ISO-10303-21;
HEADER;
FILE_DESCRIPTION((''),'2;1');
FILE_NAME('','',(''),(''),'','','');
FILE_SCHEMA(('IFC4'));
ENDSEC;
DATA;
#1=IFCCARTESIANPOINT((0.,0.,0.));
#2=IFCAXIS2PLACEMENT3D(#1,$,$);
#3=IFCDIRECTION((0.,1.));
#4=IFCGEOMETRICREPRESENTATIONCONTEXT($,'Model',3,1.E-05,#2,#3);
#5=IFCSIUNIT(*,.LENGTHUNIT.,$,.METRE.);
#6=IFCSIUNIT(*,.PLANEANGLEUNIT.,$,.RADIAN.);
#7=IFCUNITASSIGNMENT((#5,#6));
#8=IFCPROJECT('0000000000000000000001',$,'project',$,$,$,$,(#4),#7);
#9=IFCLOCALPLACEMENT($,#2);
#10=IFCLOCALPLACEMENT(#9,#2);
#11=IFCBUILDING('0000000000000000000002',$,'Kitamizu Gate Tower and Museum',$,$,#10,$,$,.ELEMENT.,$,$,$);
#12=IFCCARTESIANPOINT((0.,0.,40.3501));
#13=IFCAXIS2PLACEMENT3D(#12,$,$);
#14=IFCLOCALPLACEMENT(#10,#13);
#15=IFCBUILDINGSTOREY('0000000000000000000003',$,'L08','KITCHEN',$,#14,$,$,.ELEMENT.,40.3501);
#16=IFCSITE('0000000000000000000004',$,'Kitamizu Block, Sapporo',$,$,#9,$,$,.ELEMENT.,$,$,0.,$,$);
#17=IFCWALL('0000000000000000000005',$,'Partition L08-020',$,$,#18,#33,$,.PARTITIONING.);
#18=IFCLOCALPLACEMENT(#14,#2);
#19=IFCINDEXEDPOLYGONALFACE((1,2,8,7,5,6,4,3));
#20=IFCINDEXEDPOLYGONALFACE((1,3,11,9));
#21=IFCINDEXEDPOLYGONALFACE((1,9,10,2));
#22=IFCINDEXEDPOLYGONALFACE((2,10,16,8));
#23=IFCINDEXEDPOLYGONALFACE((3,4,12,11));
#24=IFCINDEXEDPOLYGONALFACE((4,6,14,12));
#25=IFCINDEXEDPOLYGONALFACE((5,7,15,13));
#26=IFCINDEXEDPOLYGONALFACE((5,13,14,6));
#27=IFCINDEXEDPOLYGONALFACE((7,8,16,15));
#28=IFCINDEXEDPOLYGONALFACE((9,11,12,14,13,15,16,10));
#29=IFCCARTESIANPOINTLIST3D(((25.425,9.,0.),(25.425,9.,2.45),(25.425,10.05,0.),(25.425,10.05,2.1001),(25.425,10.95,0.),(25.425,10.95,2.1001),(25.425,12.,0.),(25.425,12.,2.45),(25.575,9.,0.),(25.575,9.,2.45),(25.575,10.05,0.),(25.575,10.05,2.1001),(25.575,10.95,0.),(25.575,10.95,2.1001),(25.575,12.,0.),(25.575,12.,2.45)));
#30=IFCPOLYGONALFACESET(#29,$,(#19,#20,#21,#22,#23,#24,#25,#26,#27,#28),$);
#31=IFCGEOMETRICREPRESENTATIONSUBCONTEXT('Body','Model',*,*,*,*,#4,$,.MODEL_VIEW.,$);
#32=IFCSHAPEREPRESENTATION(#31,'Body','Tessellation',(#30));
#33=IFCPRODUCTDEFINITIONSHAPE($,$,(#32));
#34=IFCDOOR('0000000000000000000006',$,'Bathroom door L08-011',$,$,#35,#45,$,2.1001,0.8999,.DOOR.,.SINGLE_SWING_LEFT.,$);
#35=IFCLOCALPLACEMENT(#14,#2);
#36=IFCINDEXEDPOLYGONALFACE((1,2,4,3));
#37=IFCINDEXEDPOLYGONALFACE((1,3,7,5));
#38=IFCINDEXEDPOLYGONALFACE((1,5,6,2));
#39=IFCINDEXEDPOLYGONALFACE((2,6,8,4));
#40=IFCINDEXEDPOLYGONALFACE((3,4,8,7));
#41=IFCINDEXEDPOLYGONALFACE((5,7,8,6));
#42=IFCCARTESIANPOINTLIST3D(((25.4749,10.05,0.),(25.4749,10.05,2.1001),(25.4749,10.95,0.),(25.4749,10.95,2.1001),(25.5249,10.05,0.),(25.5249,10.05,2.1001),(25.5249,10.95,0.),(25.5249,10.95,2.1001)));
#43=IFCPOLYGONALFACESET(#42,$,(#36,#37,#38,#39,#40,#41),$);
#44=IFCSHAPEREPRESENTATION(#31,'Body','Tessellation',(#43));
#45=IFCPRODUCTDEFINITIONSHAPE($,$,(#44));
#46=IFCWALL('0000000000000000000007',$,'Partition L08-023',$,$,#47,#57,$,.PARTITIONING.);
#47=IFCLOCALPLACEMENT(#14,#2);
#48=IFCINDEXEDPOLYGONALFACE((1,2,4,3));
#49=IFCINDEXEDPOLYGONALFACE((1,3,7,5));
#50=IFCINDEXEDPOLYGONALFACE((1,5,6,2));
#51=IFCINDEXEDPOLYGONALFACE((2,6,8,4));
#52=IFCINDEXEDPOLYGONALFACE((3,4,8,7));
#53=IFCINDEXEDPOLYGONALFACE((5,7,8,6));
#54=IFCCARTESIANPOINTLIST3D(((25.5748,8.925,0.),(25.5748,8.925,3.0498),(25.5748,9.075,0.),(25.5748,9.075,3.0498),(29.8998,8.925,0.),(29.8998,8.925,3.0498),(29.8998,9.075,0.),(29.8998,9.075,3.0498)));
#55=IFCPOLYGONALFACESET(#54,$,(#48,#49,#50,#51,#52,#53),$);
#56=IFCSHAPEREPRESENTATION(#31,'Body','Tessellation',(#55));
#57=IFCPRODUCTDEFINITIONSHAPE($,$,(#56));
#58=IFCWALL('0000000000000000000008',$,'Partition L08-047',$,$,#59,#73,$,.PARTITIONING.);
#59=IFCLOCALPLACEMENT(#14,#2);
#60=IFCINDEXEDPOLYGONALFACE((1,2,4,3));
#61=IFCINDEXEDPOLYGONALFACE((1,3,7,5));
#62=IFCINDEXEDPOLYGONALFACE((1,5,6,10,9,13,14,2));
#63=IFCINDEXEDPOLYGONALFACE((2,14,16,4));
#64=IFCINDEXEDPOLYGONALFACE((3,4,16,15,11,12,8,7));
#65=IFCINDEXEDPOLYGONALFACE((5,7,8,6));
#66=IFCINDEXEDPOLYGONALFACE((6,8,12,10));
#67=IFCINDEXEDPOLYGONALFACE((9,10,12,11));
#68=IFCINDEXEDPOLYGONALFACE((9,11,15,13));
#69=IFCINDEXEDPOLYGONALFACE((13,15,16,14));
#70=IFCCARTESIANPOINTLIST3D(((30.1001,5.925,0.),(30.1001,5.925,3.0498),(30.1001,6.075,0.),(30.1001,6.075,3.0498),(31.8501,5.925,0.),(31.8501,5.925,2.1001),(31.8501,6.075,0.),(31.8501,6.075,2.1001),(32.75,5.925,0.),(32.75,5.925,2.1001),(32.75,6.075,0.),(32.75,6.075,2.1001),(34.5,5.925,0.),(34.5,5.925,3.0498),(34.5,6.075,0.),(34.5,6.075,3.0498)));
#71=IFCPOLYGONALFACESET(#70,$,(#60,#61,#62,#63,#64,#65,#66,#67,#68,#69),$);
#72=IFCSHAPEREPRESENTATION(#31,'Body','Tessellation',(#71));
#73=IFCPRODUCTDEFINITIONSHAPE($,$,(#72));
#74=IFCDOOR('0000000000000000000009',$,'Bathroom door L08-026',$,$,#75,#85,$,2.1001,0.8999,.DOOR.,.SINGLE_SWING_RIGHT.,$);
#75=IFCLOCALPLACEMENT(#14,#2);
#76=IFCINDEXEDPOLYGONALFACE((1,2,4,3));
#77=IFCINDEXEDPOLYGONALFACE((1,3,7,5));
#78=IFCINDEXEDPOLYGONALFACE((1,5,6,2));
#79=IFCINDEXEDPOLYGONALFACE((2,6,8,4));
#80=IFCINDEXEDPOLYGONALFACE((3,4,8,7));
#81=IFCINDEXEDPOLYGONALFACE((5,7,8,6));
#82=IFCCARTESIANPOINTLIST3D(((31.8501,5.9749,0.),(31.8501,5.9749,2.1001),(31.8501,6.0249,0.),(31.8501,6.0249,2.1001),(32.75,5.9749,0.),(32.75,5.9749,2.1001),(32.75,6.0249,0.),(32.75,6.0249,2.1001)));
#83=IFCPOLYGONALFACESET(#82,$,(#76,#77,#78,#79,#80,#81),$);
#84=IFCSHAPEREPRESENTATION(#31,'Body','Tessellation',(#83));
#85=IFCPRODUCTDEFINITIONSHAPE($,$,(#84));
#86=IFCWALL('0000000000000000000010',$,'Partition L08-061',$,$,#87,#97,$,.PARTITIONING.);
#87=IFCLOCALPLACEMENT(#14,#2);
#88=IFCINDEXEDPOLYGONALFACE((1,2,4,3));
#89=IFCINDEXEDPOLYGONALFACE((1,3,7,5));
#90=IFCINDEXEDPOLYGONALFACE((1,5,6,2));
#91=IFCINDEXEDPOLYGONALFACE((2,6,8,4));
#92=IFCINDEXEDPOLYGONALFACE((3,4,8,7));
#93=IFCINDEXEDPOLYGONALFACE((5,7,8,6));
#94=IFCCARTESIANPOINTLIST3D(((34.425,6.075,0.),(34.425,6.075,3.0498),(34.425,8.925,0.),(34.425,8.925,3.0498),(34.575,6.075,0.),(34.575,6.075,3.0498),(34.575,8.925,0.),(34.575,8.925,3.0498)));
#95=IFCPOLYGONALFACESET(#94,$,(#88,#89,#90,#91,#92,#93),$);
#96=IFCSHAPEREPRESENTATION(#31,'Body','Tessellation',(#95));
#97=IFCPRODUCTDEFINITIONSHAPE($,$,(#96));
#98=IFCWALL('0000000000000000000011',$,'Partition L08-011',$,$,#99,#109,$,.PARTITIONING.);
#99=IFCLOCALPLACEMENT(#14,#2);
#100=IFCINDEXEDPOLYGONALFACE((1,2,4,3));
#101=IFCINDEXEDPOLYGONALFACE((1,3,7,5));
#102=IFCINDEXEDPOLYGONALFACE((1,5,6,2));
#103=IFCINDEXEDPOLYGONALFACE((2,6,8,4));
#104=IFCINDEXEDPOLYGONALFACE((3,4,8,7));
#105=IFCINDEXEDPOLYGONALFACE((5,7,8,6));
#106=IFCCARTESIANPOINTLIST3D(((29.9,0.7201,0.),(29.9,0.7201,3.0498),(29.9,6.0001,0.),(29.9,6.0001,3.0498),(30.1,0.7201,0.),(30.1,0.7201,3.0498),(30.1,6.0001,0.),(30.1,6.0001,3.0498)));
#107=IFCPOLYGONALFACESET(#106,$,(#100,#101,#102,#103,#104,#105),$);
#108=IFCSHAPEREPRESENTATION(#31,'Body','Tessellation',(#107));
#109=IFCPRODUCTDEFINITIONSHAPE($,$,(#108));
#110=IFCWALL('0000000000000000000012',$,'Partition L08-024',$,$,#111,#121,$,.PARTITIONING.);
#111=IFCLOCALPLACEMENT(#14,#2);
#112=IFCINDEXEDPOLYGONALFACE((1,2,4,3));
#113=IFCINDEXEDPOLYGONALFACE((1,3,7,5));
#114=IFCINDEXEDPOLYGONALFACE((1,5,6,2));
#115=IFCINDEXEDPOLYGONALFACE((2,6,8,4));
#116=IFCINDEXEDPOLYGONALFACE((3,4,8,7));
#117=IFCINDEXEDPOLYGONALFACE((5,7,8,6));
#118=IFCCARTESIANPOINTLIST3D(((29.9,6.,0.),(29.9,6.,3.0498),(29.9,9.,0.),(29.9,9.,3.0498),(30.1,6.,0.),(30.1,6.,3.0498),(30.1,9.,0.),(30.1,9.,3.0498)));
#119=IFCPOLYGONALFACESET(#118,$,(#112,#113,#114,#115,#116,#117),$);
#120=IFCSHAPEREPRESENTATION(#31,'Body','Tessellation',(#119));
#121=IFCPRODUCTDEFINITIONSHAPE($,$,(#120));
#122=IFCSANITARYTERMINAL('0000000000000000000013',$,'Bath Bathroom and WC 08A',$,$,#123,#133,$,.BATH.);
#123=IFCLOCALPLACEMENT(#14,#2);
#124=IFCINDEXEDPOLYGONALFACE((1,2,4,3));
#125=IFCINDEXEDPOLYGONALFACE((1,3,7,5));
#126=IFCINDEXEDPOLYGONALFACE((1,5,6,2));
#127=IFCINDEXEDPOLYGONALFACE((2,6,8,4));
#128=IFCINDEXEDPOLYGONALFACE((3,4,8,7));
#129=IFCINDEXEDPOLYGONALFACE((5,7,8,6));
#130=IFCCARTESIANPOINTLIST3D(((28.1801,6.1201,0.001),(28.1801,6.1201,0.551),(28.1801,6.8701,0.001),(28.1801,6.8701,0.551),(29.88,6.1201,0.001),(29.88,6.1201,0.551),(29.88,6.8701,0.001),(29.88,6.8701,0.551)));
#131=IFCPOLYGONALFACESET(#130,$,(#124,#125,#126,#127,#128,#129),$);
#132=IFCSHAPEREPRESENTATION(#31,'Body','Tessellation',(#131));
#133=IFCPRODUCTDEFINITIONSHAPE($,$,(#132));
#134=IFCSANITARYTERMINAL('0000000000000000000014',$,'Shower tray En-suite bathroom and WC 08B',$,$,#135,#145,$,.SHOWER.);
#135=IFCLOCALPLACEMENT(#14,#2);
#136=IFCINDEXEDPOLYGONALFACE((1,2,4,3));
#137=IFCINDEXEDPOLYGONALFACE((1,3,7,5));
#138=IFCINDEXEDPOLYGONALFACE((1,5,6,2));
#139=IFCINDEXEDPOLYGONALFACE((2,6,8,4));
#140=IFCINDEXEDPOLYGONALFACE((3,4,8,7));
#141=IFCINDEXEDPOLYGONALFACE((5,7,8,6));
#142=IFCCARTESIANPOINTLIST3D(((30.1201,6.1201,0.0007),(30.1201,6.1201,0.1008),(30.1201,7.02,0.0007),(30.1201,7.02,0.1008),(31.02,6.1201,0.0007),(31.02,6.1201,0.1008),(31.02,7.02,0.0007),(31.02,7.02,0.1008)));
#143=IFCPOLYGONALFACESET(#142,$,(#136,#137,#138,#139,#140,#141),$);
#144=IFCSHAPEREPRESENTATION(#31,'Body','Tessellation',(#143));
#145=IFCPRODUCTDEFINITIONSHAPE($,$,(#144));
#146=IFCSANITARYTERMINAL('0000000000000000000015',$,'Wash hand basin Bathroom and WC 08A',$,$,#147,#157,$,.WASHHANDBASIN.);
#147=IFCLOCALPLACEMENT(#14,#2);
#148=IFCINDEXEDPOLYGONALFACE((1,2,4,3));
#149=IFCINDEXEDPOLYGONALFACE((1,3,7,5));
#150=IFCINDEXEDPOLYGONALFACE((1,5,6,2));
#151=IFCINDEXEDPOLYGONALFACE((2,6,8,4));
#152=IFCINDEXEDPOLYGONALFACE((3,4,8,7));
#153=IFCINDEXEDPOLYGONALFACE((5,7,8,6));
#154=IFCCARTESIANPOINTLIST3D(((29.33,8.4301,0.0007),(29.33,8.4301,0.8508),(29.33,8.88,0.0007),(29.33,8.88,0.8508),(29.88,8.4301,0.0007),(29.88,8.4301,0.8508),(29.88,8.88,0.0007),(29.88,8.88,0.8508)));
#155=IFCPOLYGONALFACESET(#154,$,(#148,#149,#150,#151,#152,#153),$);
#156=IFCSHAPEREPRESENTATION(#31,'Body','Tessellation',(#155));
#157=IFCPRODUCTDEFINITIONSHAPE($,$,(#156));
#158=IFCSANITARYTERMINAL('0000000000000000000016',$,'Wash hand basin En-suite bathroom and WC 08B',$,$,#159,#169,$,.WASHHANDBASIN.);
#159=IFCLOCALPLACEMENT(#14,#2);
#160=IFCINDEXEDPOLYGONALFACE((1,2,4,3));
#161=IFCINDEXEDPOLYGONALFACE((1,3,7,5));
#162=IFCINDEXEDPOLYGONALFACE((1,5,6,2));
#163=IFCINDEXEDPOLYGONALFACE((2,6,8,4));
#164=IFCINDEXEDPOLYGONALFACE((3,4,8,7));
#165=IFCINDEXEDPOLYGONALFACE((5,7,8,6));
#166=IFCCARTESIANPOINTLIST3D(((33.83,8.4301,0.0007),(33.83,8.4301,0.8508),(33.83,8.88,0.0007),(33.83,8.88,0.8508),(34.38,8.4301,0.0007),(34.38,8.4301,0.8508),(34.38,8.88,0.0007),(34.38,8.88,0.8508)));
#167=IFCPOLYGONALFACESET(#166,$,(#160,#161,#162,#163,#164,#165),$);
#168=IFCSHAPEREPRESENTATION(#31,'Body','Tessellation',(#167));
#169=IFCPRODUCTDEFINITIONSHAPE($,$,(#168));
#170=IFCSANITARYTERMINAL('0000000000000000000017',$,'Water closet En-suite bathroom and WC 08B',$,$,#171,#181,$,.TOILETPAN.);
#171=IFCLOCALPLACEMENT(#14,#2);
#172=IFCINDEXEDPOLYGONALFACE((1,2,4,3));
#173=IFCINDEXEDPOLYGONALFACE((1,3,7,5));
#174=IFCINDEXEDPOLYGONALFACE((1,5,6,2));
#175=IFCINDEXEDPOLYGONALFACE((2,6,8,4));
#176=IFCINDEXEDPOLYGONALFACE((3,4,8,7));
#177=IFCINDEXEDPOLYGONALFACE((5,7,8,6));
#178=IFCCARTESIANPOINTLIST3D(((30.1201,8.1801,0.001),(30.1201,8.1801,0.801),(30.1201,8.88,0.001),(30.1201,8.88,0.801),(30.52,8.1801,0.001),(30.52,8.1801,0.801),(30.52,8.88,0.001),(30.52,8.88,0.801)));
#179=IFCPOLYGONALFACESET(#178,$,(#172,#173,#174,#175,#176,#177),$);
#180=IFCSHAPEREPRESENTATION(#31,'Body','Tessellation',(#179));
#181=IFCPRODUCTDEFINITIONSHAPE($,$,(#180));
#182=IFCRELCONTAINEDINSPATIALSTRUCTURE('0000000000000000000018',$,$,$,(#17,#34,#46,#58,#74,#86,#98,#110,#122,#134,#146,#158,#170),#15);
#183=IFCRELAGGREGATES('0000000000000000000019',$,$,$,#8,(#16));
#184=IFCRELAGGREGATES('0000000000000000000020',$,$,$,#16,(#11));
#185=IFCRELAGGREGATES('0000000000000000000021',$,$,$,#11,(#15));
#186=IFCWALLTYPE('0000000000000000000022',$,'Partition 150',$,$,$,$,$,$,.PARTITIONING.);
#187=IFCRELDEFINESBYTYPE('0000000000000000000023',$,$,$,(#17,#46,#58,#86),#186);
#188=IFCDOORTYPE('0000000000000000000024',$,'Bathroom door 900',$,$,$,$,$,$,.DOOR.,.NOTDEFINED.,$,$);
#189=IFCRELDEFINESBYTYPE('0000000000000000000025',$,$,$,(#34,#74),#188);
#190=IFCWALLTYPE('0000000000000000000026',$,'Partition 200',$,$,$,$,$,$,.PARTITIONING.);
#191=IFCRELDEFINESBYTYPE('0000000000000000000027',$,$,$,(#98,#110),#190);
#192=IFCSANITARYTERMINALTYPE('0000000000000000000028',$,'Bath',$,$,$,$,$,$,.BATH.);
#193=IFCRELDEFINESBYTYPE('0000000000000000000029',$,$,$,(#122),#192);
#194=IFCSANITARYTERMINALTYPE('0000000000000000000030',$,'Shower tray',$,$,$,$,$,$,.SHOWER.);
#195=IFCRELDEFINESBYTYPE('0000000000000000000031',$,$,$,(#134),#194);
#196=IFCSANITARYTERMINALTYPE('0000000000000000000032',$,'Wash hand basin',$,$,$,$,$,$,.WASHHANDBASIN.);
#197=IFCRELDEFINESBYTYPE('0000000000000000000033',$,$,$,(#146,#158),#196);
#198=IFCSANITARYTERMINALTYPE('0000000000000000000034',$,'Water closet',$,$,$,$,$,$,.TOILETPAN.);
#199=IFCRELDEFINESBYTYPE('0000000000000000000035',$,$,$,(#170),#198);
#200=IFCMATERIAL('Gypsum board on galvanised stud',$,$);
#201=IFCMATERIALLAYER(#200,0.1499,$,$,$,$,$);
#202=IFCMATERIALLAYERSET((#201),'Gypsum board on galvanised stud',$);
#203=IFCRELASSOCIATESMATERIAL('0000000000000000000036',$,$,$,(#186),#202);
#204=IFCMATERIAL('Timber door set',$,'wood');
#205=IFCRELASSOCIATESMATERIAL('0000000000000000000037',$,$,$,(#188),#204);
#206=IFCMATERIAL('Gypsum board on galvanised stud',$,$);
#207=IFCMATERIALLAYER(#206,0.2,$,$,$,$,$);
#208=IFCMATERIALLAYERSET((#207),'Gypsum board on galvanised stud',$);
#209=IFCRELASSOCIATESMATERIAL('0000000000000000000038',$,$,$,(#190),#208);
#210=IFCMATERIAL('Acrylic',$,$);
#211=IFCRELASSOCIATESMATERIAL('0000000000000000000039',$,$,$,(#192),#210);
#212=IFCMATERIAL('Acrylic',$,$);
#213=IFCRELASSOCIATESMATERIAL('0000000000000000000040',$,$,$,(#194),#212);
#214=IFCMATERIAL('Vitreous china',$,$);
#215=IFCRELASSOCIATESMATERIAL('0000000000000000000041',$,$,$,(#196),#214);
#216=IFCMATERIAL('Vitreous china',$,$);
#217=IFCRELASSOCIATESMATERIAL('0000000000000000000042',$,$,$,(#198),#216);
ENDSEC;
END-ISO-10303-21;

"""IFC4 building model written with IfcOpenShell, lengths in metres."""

from ifc_helpers import new_model, si_unit, direction, frame, frame_2d, origin, origin_2d, place, context, subcontext, project, spatial, rectangle, extrude, material, layer, layer_set, type_object, element, fill, save


model = new_model("IFC4")

# Units and contexts
model_context = context("Model", 3, precision=1e-05, world=origin(), true_north=direction((0.0, 1.0)))
body_context = subcontext(model_context, "Body", "Model", "MODEL_VIEW")
ifc_project = project(units=[si_unit("LENGTHUNIT", "METRE"), si_unit("PLANEANGLEUNIT", "RADIAN")], contexts=[model_context])

# Site, building, storey
site_placement = place(None, origin())
site = spatial("IfcSite", under=ifc_project, at=site_placement, Name="Kitamizu Block, Sapporo", CompositionType="ELEMENT", RefElevation=0.0)
building_placement = place(site_placement, origin())
building = spatial("IfcBuilding", under=site, at=building_placement, Name="Kitamizu Gate Tower and Museum", CompositionType="ELEMENT")
storey_placement = place(building_placement, frame((0.0, 0.0, 40.3501)))
storey = spatial("IfcBuildingStorey", under=building, at=storey_placement, Name="L08", Description="KITCHEN", CompositionType="ELEMENT", Elevation=40.3501)

# Shared definitions
ifc_material_1 = material(Name="Gypsum board on galvanised stud")
ifc_layer_1 = layer(ifc_material_1, 0.1499)
ifc_layer_set_1 = layer_set([ifc_layer_1], Name="Gypsum board on galvanised stud")
wall_type_1 = type_object("IfcWallType", Name="Partition 150", PredefinedType="PARTITIONING", material=ifc_layer_set_1)

# Wall, opening, door
ifc_material_2 = material(Name="Timber door set", Category="wood")
door_type_1 = type_object("IfcDoorType", Name="Bathroom door 900", OperationType="NOTDEFINED", PredefinedType="DOOR", material=ifc_material_2)
wall_1_placement = place(storey_placement, frame((25.5, 9.0, 0.0), z_axis=(0.0, 0.0, 1.0), x_axis=(0.0, 1.0, 0.0)))
wall_1 = element("IfcWall", 1, at=wall_1_placement, inside=storey, type_object=wall_type_1, Name="Partition L08-020", PredefinedType="PARTITIONING", context=body_context, shape_type="SweptSolid", body=[
    extrude(rectangle(XDim=3.0, YDim=0.1499, at=frame_2d((1.5, 0.0))), origin(), (0.0, 0.0, 1.0), 2.45),
])
opening_1_placement = place(wall_1_placement, frame((1.05, 0.0, 0.0)))
opening_1 = element("IfcOpeningElement", 2, at=opening_1_placement, cuts=wall_1, PredefinedType="OPENING", context=body_context, shape_type="SweptSolid", body=[
    extrude(rectangle(XDim=0.8999, YDim=2.1001, at=frame_2d((0.45, 1.05))), frame((0.0, 0.085, 0.0), z_axis=(0.0, -1.0, 0.0), x_axis=(1.0, 0.0, 0.0)), (0.0, 0.0, 1.0), 0.1699),
])
door_1_placement = place(opening_1_placement, frame((0.8999, 0.0, 0.0), x_axis=(-1.0, 0.0, 0.0)))
door_1 = element("IfcDoor", 3, at=door_1_placement, inside=storey, type_object=door_type_1, Name="Bathroom door L08-011", OperationType="SINGLE_SWING_LEFT", OverallHeight=2.1001, OverallWidth=0.8999, PredefinedType="DOOR", context=body_context, shape_type="SweptSolid", body=[
    extrude(rectangle(XDim=0.8999, YDim=2.1001, at=frame_2d((0.45, 1.05))), frame((0.0, 0.0249, 0.0), z_axis=(0.0, -1.0, 0.0), x_axis=(1.0, 0.0, 0.0)), (0.0, 0.0, 1.0), 0.05),
])
fill(opening_1, door_1)

# Wall
wall_2_placement = place(storey_placement, frame((29.8999, 9.0, 0.0), z_axis=(0.0, 0.0, 1.0), x_axis=(-1.0, 0.0, 0.0)))
element("IfcWall", 4, at=wall_2_placement, inside=storey, type_object=wall_type_1, Name="Partition L08-023", PredefinedType="PARTITIONING", context=body_context, shape_type="SweptSolid", body=[
    extrude(rectangle(XDim=4.325, YDim=0.1499, at=frame_2d((2.1626, 0.0))), origin(), (0.0, 0.0, 1.0), 3.0498),
])

# Wall, opening, door
wall_3_placement = place(storey_placement, frame((34.5, 6.0, 0.0), z_axis=(0.0, 0.0, 1.0), x_axis=(-1.0, 0.0, 0.0)))
wall_3 = element("IfcWall", 5, at=wall_3_placement, inside=storey, type_object=wall_type_1, Name="Partition L08-047", PredefinedType="PARTITIONING", context=body_context, shape_type="SweptSolid", body=[
    extrude(rectangle(XDim=4.3999, YDim=0.1499, at=frame_2d((2.2, 0.0))), origin(), (0.0, 0.0, 1.0), 3.0498),
])
opening_2_placement = place(wall_3_placement, frame((1.75, 0.0, 0.0)))
opening_2 = element("IfcOpeningElement", 6, at=opening_2_placement, cuts=wall_3, PredefinedType="OPENING", context=body_context, shape_type="SweptSolid", body=[
    extrude(rectangle(XDim=0.8999, YDim=2.1001, at=frame_2d((0.45, 1.05))), frame((0.0, 0.085, 0.0), z_axis=(0.0, -1.0, 0.0), x_axis=(1.0, 0.0, 0.0)), (0.0, 0.0, 1.0), 0.1699),
])
door_2_placement = place(opening_2_placement, frame((0.8999, 0.0, 0.0), x_axis=(-1.0, 0.0, 0.0)))
door_2 = element("IfcDoor", 7, at=door_2_placement, inside=storey, type_object=door_type_1, Name="Bathroom door L08-026", OperationType="SINGLE_SWING_RIGHT", OverallHeight=2.1001, OverallWidth=0.8999, PredefinedType="DOOR", context=body_context, shape_type="SweptSolid", body=[
    extrude(rectangle(XDim=0.8999, YDim=2.1001, at=frame_2d((0.45, 1.05))), frame((0.0, 0.0249, 0.0), z_axis=(0.0, -1.0, 0.0), x_axis=(1.0, 0.0, 0.0)), (0.0, 0.0, 1.0), 0.05),
])
fill(opening_2, door_2)

# Walls
wall_4_placement = place(storey_placement, frame((34.5, 6.075, 0.0), z_axis=(0.0, 0.0, 1.0), x_axis=(0.0, 1.0, 0.0)))
element("IfcWall", 8, at=wall_4_placement, inside=storey, type_object=wall_type_1, Name="Partition L08-061", PredefinedType="PARTITIONING", context=body_context, shape_type="SweptSolid", body=[
    extrude(rectangle(XDim=2.8501, YDim=0.1499, at=frame_2d((1.425, 0.0))), origin(), (0.0, 0.0, 1.0), 3.0498),
])
ifc_material_3 = material(Name="Gypsum board on galvanised stud")
ifc_layer_2 = layer(ifc_material_3, 0.2)
ifc_layer_set_2 = layer_set([ifc_layer_2], Name="Gypsum board on galvanised stud")
wall_type_2 = type_object("IfcWallType", Name="Partition 200", PredefinedType="PARTITIONING", material=ifc_layer_set_2)
wall_5_placement = place(storey_placement, frame((30.0, 0.72, 0.0), z_axis=(0.0, 0.0, 1.0), x_axis=(0.0, 1.0, 0.0)))
element("IfcWall", 9, at=wall_5_placement, inside=storey, type_object=wall_type_2, Name="Partition L08-011", PredefinedType="PARTITIONING", context=body_context, shape_type="SweptSolid", body=[
    extrude(rectangle(XDim=5.28, YDim=0.2, at=frame_2d((2.6401, 0.0))), origin(), (0.0, 0.0, 1.0), 3.0498),
])
wall_6_placement = place(storey_placement, frame((30.0, 6.0, 0.0), z_axis=(0.0, 0.0, 1.0), x_axis=(0.0, 1.0, 0.0)))
element("IfcWall", 10, at=wall_6_placement, inside=storey, type_object=wall_type_2, Name="Partition L08-024", PredefinedType="PARTITIONING", context=body_context, shape_type="SweptSolid", body=[
    extrude(rectangle(XDim=3.0, YDim=0.2, at=frame_2d((1.5, 0.0))), origin(), (0.0, 0.0, 1.0), 3.0498),
])

# Sanitary terminals
ifc_material_4 = material(Name="Acrylic")
sanitary_terminal_type_1 = type_object("IfcSanitaryTerminalType", Name="Bath", PredefinedType="BATH", material=ifc_material_4)
sanitary_terminal_1_placement = place(storey_placement, frame((29.03, 6.4951, 0.001), z_axis=(0.0, 0.0, 1.0), x_axis=(1.0, 0.0, 0.0)))
element("IfcSanitaryTerminal", 11, at=sanitary_terminal_1_placement, inside=storey, type_object=sanitary_terminal_type_1, Name="Bath Bathroom and WC 08A", PredefinedType="BATH", context=body_context, shape_type="SweptSolid", body=[
    extrude(rectangle(XDim=1.7, YDim=0.75, at=origin_2d()), origin(), (0.0, 0.0, 1.0), 0.55),
])
ifc_material_5 = material(Name="Acrylic")
sanitary_terminal_type_2 = type_object("IfcSanitaryTerminalType", Name="Shower tray", PredefinedType="SHOWER", material=ifc_material_5)
sanitary_terminal_2_placement = place(storey_placement, frame((30.5701, 6.5701, 0.0007), z_axis=(0.0, 0.0, 1.0), x_axis=(1.0, 0.0, 0.0)))
element("IfcSanitaryTerminal", 12, at=sanitary_terminal_2_placement, inside=storey, type_object=sanitary_terminal_type_2, Name="Shower tray En-suite bathroom and WC 08B", PredefinedType="SHOWER", context=body_context, shape_type="SweptSolid", body=[
    extrude(rectangle(XDim=0.8999, YDim=0.8999, at=origin_2d()), origin(), (0.0, 0.0, 1.0), 0.1001),
])
ifc_material_6 = material(Name="Vitreous china")
sanitary_terminal_type_3 = type_object("IfcSanitaryTerminalType", Name="Wash hand basin", PredefinedType="WASHHANDBASIN", material=ifc_material_6)
for number, where, z_axis, x_axis, name in (
    (13, (29.605, 8.655, 0.0007), (0.0, 0.0, 1.0), (1.0, 0.0, 0.0), "Wash hand basin Bathroom and WC 08A"),
    (14, (34.105, 8.655, 0.0007), (0.0, 0.0, 1.0), (1.0, 0.0, 0.0), "Wash hand basin En-suite bathroom and WC 08B"),
):
    element("IfcSanitaryTerminal", number, at=place(storey_placement, frame(where, z_axis=z_axis, x_axis=x_axis)), inside=storey, type_object=sanitary_terminal_type_3, Name=name, PredefinedType="WASHHANDBASIN", context=body_context, shape_type="SweptSolid", body=[
        extrude(rectangle(XDim=0.55, YDim=0.45, at=origin_2d()), origin(), (0.0, 0.0, 1.0), 0.8501),
    ])
ifc_material_7 = material(Name="Vitreous china")
sanitary_terminal_type_4 = type_object("IfcSanitaryTerminalType", Name="Water closet", PredefinedType="TOILETPAN", material=ifc_material_7)
sanitary_terminal_3_placement = place(storey_placement, frame((30.3201, 8.53, 0.001), z_axis=(0.0, 0.0, 1.0), x_axis=(1.0, 0.0, 0.0)))
element("IfcSanitaryTerminal", 15, at=sanitary_terminal_3_placement, inside=storey, type_object=sanitary_terminal_type_4, Name="Water closet En-suite bathroom and WC 08B", PredefinedType="TOILETPAN", context=body_context, shape_type="SweptSolid", body=[
    extrude(rectangle(XDim=0.3999, YDim=0.7, at=origin_2d()), origin(), (0.0, 0.0, 1.0), 0.8),
])

save(model, "model.ifc")
